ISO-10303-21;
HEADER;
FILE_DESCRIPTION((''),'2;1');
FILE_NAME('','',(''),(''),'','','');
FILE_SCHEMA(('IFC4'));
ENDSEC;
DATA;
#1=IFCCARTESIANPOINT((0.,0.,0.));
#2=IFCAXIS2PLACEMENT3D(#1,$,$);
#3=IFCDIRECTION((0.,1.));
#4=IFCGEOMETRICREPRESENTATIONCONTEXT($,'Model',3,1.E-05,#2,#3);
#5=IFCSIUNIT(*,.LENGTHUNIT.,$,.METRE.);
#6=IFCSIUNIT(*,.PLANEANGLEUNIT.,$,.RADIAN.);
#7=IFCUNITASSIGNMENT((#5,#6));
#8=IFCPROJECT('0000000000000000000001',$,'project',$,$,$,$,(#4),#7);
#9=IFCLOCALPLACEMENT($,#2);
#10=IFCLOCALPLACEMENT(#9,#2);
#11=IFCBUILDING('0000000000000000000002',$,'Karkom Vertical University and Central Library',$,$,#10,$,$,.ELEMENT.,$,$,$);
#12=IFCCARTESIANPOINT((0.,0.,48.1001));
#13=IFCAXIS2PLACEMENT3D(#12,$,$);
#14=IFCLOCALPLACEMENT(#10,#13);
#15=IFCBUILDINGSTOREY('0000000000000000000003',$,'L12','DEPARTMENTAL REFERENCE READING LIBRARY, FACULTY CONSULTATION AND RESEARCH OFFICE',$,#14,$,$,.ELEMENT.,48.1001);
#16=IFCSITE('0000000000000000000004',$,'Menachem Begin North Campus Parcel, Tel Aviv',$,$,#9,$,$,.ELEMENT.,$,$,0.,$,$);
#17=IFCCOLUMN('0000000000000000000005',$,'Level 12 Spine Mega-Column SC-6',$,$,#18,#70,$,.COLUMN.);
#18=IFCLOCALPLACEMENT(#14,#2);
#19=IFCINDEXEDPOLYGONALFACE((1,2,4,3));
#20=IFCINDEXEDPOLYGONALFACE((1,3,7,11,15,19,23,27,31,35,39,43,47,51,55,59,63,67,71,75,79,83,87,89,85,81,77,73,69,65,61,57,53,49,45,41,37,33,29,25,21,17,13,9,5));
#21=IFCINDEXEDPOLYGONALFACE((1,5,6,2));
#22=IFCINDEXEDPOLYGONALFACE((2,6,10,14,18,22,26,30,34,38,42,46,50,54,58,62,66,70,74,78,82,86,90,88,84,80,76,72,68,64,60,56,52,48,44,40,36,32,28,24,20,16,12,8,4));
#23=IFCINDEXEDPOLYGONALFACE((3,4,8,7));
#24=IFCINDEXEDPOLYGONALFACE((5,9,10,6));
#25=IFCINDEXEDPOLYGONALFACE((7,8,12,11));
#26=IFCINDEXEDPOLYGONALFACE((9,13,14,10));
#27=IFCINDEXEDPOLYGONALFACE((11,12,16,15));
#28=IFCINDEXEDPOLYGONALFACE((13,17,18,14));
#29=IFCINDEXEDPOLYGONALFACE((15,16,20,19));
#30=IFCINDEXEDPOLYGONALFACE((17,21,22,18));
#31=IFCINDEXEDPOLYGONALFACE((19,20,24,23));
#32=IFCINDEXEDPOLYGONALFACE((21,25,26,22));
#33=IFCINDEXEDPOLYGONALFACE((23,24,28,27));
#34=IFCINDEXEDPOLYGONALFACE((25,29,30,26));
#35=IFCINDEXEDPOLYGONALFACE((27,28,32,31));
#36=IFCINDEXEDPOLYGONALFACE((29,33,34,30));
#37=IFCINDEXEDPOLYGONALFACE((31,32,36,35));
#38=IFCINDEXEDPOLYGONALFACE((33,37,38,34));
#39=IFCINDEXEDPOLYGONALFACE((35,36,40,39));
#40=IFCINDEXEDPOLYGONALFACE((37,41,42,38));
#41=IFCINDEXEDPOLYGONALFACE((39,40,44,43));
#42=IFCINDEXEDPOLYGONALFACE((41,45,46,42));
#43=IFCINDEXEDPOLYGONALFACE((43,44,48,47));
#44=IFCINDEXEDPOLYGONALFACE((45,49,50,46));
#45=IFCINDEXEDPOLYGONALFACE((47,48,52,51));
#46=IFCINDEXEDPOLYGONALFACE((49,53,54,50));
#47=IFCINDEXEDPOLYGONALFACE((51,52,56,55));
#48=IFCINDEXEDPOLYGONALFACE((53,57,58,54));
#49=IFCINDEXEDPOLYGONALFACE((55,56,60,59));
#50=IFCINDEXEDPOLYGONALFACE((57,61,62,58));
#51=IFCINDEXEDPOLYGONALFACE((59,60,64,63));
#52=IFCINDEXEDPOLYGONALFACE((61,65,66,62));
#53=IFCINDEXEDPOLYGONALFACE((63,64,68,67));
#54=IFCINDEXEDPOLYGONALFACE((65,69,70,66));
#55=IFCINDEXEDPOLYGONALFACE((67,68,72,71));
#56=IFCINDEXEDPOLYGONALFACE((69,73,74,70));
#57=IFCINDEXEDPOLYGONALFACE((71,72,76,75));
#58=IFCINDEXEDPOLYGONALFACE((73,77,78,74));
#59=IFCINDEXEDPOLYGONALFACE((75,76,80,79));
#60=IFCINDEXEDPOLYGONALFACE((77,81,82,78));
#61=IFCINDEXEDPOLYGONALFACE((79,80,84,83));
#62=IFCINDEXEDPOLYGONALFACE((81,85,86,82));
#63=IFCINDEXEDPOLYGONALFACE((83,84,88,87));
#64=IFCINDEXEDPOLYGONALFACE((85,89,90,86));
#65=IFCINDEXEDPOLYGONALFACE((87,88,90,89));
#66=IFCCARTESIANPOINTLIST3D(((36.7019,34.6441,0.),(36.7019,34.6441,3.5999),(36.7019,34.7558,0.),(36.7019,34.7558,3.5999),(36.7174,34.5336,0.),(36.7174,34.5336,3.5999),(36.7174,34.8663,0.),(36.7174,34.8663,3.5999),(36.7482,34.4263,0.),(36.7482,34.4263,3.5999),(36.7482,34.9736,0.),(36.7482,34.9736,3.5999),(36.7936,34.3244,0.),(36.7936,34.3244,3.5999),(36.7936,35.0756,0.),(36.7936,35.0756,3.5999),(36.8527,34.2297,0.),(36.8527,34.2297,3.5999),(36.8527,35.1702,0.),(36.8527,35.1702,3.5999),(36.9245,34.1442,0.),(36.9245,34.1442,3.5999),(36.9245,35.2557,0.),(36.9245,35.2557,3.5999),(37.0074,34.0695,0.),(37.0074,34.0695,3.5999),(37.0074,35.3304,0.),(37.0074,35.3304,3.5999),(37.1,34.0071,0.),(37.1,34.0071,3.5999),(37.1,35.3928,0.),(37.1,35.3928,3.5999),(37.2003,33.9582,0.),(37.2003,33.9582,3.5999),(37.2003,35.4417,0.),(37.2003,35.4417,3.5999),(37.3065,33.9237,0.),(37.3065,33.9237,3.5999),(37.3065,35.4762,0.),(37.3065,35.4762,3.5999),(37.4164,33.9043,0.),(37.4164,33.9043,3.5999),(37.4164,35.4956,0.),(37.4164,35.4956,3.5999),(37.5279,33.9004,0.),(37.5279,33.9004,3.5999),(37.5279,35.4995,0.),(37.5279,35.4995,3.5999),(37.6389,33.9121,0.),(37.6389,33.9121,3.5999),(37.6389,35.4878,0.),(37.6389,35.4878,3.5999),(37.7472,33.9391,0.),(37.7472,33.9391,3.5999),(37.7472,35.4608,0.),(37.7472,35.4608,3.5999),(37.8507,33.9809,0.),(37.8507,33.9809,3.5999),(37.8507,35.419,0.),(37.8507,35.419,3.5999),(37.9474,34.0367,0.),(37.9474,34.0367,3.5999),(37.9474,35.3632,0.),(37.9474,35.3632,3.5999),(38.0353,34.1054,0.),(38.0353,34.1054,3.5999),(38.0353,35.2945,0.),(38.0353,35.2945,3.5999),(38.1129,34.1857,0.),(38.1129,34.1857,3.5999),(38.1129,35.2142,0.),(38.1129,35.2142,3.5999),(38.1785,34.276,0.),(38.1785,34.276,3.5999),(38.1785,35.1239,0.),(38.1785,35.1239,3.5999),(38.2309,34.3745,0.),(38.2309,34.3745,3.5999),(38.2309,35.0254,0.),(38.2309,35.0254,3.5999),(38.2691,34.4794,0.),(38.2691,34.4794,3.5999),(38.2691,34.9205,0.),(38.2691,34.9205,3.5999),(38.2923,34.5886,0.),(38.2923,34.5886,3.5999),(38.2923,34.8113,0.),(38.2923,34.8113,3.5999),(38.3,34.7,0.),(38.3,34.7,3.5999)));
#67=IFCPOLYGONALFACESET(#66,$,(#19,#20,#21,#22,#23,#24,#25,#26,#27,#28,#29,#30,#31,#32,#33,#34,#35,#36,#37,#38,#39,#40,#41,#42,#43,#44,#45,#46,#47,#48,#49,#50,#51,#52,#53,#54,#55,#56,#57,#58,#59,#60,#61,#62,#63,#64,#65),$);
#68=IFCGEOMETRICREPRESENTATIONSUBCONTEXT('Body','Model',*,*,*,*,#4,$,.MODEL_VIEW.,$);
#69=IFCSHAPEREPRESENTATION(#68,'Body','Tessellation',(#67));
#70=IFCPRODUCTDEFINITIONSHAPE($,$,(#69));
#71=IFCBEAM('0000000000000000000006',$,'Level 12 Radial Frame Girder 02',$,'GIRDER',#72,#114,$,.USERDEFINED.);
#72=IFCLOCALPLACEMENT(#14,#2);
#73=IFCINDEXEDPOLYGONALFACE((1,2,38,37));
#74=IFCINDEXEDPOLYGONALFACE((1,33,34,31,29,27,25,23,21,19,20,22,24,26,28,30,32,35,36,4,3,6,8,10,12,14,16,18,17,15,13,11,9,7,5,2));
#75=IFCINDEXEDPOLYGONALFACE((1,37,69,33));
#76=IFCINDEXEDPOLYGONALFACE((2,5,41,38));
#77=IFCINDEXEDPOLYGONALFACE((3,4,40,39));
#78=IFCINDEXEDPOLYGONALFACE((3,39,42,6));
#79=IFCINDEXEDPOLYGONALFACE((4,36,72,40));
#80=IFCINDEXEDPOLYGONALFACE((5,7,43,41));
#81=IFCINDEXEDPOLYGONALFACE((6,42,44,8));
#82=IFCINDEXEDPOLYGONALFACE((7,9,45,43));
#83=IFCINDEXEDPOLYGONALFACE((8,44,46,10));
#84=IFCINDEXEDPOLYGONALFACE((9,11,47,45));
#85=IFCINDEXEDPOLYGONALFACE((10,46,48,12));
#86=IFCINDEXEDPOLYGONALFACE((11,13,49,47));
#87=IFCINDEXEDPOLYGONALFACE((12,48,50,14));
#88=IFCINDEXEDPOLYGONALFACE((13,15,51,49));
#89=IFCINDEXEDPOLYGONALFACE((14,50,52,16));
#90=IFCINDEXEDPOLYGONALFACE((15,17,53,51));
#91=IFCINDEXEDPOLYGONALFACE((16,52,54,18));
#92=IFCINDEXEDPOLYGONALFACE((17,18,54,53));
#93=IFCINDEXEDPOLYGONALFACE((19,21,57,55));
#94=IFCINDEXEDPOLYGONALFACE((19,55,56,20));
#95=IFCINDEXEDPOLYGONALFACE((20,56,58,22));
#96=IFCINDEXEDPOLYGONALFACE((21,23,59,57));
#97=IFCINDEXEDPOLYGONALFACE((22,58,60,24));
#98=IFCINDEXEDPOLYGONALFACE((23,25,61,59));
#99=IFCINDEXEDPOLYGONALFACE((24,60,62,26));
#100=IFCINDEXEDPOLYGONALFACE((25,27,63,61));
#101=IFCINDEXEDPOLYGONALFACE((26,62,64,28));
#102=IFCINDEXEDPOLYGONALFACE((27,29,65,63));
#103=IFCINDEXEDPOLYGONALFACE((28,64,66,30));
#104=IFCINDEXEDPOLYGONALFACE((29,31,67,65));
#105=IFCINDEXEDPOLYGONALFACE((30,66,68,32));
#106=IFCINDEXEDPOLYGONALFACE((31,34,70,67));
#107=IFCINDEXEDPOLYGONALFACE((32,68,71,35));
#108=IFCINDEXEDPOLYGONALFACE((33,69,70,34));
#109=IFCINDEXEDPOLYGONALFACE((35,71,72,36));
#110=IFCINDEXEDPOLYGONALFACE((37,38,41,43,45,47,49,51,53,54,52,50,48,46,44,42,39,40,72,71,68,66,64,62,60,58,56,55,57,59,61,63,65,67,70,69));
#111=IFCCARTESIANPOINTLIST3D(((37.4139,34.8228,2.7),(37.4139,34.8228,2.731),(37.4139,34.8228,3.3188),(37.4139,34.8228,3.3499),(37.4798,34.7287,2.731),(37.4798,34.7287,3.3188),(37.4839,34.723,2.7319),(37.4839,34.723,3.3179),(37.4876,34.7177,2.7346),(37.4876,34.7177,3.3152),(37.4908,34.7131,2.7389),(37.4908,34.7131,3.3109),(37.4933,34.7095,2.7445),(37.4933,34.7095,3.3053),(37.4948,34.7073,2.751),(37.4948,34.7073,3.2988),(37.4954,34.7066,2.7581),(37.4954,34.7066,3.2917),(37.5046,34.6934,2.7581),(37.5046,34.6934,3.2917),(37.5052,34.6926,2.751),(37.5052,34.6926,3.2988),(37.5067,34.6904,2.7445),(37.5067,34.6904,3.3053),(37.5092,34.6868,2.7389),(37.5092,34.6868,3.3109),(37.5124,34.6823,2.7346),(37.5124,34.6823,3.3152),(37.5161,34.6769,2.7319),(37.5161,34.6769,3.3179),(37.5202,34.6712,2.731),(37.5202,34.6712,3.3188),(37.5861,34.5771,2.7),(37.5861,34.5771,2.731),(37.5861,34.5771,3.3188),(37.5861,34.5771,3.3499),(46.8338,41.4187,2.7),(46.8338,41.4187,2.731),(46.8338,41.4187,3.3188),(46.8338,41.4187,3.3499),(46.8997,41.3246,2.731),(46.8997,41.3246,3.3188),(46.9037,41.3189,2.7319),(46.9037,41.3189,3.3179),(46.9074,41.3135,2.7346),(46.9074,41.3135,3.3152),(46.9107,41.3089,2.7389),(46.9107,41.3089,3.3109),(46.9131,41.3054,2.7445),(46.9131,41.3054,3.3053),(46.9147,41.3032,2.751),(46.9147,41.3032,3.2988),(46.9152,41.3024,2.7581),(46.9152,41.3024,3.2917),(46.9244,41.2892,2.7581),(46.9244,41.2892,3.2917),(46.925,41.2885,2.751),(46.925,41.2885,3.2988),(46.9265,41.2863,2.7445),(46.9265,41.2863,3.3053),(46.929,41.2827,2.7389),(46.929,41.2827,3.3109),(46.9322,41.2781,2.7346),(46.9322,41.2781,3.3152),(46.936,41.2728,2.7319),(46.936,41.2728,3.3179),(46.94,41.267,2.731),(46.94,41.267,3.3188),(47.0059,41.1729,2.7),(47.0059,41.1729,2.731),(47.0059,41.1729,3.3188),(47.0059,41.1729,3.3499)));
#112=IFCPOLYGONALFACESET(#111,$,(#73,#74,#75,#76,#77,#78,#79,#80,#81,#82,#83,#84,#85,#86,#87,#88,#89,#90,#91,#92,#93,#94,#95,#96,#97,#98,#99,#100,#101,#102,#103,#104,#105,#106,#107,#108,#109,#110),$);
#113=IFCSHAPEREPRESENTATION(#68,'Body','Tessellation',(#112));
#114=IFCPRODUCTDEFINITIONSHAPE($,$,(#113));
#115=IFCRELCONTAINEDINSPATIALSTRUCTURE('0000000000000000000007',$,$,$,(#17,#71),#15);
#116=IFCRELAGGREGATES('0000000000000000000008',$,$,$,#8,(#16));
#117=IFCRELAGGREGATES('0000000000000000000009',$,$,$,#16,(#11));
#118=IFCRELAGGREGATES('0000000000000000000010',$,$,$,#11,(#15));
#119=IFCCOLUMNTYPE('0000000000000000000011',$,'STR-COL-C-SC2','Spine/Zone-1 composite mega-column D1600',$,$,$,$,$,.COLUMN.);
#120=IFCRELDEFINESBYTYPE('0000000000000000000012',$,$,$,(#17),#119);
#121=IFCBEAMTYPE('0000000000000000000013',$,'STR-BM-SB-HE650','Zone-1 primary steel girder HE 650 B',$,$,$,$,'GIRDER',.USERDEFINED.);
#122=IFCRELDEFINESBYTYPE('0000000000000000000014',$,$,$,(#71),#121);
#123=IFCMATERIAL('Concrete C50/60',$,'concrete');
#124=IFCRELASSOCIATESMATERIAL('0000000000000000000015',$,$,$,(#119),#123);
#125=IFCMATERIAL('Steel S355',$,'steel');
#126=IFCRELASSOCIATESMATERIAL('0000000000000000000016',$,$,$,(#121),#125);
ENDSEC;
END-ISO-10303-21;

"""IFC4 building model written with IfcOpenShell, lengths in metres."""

from ifc_helpers import new_model, si_unit, direction, frame, origin, origin_with_axes, origin_2d, place, context, subcontext, project, spatial, circle, i_section, extrude, source, transform, mapped, material, material_profile, profile_set, type_object, element, save


model = new_model("IFC4")

# Units and contexts
model_context = context("Model", 3, precision=1e-05, world=origin(), true_north=direction((0.0, 1.0)))
body_context = subcontext(model_context, "Body", "Model", "MODEL_VIEW")
ifc_project = project(units=[si_unit("LENGTHUNIT", "METRE"), si_unit("PLANEANGLEUNIT", "RADIAN")], contexts=[model_context])

# Site, building, storey
site_placement = place(None, origin())
site = spatial("IfcSite", under=ifc_project, at=site_placement, Name="Menachem Begin North Campus Parcel, Tel Aviv", CompositionType="ELEMENT", RefElevation=0.0)
building_placement = place(site_placement, origin())
building = spatial("IfcBuilding", under=site, at=building_placement, Name="Karkom Vertical University and Central Library", CompositionType="ELEMENT")
storey_placement = place(building_placement, frame((0.0, 0.0, 48.1001)))
storey = spatial("IfcBuildingStorey", under=building, at=storey_placement, Name="L12", Description="DEPARTMENTAL REFERENCE READING LIBRARY, FACULTY CONSULTATION AND RESEARCH OFFICE", CompositionType="ELEMENT", Elevation=48.1001)

# Column
ifc_material_1 = material(Name="Concrete C50/60", Category="concrete")
ifc_material_profile_1 = material_profile(ifc_material_1, circle(Radius=0.8, at=origin_2d()), Name="CFT-D1600")
ifc_profile_set_1 = profile_set([ifc_material_profile_1], Name="Concrete C50/60")
column_type = type_object("IfcColumnType", Name="STR-COL-C-SC2", Description="Spine/Zone-1 composite mega-column D1600", PredefinedType="COLUMN", material=ifc_profile_set_1)
shared_shape_1 = source(origin_with_axes(), body_context, "Body", "SweptSolid", [
    extrude(circle(Radius=0.8, at=origin_2d()), origin(), (0.0, 0.0, 1.0), 3.5999),
])
column_placement = place(storey_placement, frame((37.5, 34.7, 0.0), z_axis=(0.0, 0.0, 1.0), x_axis=(1.0, 0.0, 0.0)))
element("IfcColumn", 1, at=column_placement, inside=storey, type_object=column_type, Name="Level 12 Spine Mega-Column SC-6", PredefinedType="COLUMN", context=body_context, shape_type="MappedRepresentation", body=[
    mapped(shared_shape_1, transform((0.0, 0.0, 0.0), scale=1.0)),
])

# Beam
ifc_material_2 = material(Name="Steel S355", Category="steel")
ifc_material_profile_2 = material_profile(ifc_material_2, i_section(OverallWidth=0.3, OverallDepth=0.6499, WebThickness=0.0161, FlangeThickness=0.031, FilletRadius=0.0271, at=origin_2d()), Name="HE 650 B")
ifc_profile_set_2 = profile_set([ifc_material_profile_2], Name="Steel S355")
beam_type = type_object("IfcBeamType", Name="STR-BM-SB-HE650", Description="Zone-1 primary steel girder HE 650 B", ElementType="GIRDER", PredefinedType="USERDEFINED", material=ifc_profile_set_2)
shared_shape_2 = source(origin_with_axes(), body_context, "Body", "SweptSolid", [
    extrude(i_section(OverallWidth=0.3, OverallDepth=0.6499, WebThickness=0.0161, FlangeThickness=0.031, FilletRadius=0.0271, at=origin_2d()), origin(), (0.0, 0.0, 1.0), 11.4995),
])
beam_placement = place(storey_placement, frame((37.5, 34.7, 3.0249), z_axis=(0.81915, 0.573579, 0.0), x_axis=(-0.573579, 0.81915, 0.0)))
element("IfcBeam", 2, at=beam_placement, inside=storey, type_object=beam_type, Name="Level 12 Radial Frame Girder 02", ObjectType="GIRDER", PredefinedType="USERDEFINED", context=body_context, shape_type="MappedRepresentation", body=[
    mapped(shared_shape_2, transform((0.0, 0.0, 0.0), scale=1.0)),
])

save(model, "model.ifc")
